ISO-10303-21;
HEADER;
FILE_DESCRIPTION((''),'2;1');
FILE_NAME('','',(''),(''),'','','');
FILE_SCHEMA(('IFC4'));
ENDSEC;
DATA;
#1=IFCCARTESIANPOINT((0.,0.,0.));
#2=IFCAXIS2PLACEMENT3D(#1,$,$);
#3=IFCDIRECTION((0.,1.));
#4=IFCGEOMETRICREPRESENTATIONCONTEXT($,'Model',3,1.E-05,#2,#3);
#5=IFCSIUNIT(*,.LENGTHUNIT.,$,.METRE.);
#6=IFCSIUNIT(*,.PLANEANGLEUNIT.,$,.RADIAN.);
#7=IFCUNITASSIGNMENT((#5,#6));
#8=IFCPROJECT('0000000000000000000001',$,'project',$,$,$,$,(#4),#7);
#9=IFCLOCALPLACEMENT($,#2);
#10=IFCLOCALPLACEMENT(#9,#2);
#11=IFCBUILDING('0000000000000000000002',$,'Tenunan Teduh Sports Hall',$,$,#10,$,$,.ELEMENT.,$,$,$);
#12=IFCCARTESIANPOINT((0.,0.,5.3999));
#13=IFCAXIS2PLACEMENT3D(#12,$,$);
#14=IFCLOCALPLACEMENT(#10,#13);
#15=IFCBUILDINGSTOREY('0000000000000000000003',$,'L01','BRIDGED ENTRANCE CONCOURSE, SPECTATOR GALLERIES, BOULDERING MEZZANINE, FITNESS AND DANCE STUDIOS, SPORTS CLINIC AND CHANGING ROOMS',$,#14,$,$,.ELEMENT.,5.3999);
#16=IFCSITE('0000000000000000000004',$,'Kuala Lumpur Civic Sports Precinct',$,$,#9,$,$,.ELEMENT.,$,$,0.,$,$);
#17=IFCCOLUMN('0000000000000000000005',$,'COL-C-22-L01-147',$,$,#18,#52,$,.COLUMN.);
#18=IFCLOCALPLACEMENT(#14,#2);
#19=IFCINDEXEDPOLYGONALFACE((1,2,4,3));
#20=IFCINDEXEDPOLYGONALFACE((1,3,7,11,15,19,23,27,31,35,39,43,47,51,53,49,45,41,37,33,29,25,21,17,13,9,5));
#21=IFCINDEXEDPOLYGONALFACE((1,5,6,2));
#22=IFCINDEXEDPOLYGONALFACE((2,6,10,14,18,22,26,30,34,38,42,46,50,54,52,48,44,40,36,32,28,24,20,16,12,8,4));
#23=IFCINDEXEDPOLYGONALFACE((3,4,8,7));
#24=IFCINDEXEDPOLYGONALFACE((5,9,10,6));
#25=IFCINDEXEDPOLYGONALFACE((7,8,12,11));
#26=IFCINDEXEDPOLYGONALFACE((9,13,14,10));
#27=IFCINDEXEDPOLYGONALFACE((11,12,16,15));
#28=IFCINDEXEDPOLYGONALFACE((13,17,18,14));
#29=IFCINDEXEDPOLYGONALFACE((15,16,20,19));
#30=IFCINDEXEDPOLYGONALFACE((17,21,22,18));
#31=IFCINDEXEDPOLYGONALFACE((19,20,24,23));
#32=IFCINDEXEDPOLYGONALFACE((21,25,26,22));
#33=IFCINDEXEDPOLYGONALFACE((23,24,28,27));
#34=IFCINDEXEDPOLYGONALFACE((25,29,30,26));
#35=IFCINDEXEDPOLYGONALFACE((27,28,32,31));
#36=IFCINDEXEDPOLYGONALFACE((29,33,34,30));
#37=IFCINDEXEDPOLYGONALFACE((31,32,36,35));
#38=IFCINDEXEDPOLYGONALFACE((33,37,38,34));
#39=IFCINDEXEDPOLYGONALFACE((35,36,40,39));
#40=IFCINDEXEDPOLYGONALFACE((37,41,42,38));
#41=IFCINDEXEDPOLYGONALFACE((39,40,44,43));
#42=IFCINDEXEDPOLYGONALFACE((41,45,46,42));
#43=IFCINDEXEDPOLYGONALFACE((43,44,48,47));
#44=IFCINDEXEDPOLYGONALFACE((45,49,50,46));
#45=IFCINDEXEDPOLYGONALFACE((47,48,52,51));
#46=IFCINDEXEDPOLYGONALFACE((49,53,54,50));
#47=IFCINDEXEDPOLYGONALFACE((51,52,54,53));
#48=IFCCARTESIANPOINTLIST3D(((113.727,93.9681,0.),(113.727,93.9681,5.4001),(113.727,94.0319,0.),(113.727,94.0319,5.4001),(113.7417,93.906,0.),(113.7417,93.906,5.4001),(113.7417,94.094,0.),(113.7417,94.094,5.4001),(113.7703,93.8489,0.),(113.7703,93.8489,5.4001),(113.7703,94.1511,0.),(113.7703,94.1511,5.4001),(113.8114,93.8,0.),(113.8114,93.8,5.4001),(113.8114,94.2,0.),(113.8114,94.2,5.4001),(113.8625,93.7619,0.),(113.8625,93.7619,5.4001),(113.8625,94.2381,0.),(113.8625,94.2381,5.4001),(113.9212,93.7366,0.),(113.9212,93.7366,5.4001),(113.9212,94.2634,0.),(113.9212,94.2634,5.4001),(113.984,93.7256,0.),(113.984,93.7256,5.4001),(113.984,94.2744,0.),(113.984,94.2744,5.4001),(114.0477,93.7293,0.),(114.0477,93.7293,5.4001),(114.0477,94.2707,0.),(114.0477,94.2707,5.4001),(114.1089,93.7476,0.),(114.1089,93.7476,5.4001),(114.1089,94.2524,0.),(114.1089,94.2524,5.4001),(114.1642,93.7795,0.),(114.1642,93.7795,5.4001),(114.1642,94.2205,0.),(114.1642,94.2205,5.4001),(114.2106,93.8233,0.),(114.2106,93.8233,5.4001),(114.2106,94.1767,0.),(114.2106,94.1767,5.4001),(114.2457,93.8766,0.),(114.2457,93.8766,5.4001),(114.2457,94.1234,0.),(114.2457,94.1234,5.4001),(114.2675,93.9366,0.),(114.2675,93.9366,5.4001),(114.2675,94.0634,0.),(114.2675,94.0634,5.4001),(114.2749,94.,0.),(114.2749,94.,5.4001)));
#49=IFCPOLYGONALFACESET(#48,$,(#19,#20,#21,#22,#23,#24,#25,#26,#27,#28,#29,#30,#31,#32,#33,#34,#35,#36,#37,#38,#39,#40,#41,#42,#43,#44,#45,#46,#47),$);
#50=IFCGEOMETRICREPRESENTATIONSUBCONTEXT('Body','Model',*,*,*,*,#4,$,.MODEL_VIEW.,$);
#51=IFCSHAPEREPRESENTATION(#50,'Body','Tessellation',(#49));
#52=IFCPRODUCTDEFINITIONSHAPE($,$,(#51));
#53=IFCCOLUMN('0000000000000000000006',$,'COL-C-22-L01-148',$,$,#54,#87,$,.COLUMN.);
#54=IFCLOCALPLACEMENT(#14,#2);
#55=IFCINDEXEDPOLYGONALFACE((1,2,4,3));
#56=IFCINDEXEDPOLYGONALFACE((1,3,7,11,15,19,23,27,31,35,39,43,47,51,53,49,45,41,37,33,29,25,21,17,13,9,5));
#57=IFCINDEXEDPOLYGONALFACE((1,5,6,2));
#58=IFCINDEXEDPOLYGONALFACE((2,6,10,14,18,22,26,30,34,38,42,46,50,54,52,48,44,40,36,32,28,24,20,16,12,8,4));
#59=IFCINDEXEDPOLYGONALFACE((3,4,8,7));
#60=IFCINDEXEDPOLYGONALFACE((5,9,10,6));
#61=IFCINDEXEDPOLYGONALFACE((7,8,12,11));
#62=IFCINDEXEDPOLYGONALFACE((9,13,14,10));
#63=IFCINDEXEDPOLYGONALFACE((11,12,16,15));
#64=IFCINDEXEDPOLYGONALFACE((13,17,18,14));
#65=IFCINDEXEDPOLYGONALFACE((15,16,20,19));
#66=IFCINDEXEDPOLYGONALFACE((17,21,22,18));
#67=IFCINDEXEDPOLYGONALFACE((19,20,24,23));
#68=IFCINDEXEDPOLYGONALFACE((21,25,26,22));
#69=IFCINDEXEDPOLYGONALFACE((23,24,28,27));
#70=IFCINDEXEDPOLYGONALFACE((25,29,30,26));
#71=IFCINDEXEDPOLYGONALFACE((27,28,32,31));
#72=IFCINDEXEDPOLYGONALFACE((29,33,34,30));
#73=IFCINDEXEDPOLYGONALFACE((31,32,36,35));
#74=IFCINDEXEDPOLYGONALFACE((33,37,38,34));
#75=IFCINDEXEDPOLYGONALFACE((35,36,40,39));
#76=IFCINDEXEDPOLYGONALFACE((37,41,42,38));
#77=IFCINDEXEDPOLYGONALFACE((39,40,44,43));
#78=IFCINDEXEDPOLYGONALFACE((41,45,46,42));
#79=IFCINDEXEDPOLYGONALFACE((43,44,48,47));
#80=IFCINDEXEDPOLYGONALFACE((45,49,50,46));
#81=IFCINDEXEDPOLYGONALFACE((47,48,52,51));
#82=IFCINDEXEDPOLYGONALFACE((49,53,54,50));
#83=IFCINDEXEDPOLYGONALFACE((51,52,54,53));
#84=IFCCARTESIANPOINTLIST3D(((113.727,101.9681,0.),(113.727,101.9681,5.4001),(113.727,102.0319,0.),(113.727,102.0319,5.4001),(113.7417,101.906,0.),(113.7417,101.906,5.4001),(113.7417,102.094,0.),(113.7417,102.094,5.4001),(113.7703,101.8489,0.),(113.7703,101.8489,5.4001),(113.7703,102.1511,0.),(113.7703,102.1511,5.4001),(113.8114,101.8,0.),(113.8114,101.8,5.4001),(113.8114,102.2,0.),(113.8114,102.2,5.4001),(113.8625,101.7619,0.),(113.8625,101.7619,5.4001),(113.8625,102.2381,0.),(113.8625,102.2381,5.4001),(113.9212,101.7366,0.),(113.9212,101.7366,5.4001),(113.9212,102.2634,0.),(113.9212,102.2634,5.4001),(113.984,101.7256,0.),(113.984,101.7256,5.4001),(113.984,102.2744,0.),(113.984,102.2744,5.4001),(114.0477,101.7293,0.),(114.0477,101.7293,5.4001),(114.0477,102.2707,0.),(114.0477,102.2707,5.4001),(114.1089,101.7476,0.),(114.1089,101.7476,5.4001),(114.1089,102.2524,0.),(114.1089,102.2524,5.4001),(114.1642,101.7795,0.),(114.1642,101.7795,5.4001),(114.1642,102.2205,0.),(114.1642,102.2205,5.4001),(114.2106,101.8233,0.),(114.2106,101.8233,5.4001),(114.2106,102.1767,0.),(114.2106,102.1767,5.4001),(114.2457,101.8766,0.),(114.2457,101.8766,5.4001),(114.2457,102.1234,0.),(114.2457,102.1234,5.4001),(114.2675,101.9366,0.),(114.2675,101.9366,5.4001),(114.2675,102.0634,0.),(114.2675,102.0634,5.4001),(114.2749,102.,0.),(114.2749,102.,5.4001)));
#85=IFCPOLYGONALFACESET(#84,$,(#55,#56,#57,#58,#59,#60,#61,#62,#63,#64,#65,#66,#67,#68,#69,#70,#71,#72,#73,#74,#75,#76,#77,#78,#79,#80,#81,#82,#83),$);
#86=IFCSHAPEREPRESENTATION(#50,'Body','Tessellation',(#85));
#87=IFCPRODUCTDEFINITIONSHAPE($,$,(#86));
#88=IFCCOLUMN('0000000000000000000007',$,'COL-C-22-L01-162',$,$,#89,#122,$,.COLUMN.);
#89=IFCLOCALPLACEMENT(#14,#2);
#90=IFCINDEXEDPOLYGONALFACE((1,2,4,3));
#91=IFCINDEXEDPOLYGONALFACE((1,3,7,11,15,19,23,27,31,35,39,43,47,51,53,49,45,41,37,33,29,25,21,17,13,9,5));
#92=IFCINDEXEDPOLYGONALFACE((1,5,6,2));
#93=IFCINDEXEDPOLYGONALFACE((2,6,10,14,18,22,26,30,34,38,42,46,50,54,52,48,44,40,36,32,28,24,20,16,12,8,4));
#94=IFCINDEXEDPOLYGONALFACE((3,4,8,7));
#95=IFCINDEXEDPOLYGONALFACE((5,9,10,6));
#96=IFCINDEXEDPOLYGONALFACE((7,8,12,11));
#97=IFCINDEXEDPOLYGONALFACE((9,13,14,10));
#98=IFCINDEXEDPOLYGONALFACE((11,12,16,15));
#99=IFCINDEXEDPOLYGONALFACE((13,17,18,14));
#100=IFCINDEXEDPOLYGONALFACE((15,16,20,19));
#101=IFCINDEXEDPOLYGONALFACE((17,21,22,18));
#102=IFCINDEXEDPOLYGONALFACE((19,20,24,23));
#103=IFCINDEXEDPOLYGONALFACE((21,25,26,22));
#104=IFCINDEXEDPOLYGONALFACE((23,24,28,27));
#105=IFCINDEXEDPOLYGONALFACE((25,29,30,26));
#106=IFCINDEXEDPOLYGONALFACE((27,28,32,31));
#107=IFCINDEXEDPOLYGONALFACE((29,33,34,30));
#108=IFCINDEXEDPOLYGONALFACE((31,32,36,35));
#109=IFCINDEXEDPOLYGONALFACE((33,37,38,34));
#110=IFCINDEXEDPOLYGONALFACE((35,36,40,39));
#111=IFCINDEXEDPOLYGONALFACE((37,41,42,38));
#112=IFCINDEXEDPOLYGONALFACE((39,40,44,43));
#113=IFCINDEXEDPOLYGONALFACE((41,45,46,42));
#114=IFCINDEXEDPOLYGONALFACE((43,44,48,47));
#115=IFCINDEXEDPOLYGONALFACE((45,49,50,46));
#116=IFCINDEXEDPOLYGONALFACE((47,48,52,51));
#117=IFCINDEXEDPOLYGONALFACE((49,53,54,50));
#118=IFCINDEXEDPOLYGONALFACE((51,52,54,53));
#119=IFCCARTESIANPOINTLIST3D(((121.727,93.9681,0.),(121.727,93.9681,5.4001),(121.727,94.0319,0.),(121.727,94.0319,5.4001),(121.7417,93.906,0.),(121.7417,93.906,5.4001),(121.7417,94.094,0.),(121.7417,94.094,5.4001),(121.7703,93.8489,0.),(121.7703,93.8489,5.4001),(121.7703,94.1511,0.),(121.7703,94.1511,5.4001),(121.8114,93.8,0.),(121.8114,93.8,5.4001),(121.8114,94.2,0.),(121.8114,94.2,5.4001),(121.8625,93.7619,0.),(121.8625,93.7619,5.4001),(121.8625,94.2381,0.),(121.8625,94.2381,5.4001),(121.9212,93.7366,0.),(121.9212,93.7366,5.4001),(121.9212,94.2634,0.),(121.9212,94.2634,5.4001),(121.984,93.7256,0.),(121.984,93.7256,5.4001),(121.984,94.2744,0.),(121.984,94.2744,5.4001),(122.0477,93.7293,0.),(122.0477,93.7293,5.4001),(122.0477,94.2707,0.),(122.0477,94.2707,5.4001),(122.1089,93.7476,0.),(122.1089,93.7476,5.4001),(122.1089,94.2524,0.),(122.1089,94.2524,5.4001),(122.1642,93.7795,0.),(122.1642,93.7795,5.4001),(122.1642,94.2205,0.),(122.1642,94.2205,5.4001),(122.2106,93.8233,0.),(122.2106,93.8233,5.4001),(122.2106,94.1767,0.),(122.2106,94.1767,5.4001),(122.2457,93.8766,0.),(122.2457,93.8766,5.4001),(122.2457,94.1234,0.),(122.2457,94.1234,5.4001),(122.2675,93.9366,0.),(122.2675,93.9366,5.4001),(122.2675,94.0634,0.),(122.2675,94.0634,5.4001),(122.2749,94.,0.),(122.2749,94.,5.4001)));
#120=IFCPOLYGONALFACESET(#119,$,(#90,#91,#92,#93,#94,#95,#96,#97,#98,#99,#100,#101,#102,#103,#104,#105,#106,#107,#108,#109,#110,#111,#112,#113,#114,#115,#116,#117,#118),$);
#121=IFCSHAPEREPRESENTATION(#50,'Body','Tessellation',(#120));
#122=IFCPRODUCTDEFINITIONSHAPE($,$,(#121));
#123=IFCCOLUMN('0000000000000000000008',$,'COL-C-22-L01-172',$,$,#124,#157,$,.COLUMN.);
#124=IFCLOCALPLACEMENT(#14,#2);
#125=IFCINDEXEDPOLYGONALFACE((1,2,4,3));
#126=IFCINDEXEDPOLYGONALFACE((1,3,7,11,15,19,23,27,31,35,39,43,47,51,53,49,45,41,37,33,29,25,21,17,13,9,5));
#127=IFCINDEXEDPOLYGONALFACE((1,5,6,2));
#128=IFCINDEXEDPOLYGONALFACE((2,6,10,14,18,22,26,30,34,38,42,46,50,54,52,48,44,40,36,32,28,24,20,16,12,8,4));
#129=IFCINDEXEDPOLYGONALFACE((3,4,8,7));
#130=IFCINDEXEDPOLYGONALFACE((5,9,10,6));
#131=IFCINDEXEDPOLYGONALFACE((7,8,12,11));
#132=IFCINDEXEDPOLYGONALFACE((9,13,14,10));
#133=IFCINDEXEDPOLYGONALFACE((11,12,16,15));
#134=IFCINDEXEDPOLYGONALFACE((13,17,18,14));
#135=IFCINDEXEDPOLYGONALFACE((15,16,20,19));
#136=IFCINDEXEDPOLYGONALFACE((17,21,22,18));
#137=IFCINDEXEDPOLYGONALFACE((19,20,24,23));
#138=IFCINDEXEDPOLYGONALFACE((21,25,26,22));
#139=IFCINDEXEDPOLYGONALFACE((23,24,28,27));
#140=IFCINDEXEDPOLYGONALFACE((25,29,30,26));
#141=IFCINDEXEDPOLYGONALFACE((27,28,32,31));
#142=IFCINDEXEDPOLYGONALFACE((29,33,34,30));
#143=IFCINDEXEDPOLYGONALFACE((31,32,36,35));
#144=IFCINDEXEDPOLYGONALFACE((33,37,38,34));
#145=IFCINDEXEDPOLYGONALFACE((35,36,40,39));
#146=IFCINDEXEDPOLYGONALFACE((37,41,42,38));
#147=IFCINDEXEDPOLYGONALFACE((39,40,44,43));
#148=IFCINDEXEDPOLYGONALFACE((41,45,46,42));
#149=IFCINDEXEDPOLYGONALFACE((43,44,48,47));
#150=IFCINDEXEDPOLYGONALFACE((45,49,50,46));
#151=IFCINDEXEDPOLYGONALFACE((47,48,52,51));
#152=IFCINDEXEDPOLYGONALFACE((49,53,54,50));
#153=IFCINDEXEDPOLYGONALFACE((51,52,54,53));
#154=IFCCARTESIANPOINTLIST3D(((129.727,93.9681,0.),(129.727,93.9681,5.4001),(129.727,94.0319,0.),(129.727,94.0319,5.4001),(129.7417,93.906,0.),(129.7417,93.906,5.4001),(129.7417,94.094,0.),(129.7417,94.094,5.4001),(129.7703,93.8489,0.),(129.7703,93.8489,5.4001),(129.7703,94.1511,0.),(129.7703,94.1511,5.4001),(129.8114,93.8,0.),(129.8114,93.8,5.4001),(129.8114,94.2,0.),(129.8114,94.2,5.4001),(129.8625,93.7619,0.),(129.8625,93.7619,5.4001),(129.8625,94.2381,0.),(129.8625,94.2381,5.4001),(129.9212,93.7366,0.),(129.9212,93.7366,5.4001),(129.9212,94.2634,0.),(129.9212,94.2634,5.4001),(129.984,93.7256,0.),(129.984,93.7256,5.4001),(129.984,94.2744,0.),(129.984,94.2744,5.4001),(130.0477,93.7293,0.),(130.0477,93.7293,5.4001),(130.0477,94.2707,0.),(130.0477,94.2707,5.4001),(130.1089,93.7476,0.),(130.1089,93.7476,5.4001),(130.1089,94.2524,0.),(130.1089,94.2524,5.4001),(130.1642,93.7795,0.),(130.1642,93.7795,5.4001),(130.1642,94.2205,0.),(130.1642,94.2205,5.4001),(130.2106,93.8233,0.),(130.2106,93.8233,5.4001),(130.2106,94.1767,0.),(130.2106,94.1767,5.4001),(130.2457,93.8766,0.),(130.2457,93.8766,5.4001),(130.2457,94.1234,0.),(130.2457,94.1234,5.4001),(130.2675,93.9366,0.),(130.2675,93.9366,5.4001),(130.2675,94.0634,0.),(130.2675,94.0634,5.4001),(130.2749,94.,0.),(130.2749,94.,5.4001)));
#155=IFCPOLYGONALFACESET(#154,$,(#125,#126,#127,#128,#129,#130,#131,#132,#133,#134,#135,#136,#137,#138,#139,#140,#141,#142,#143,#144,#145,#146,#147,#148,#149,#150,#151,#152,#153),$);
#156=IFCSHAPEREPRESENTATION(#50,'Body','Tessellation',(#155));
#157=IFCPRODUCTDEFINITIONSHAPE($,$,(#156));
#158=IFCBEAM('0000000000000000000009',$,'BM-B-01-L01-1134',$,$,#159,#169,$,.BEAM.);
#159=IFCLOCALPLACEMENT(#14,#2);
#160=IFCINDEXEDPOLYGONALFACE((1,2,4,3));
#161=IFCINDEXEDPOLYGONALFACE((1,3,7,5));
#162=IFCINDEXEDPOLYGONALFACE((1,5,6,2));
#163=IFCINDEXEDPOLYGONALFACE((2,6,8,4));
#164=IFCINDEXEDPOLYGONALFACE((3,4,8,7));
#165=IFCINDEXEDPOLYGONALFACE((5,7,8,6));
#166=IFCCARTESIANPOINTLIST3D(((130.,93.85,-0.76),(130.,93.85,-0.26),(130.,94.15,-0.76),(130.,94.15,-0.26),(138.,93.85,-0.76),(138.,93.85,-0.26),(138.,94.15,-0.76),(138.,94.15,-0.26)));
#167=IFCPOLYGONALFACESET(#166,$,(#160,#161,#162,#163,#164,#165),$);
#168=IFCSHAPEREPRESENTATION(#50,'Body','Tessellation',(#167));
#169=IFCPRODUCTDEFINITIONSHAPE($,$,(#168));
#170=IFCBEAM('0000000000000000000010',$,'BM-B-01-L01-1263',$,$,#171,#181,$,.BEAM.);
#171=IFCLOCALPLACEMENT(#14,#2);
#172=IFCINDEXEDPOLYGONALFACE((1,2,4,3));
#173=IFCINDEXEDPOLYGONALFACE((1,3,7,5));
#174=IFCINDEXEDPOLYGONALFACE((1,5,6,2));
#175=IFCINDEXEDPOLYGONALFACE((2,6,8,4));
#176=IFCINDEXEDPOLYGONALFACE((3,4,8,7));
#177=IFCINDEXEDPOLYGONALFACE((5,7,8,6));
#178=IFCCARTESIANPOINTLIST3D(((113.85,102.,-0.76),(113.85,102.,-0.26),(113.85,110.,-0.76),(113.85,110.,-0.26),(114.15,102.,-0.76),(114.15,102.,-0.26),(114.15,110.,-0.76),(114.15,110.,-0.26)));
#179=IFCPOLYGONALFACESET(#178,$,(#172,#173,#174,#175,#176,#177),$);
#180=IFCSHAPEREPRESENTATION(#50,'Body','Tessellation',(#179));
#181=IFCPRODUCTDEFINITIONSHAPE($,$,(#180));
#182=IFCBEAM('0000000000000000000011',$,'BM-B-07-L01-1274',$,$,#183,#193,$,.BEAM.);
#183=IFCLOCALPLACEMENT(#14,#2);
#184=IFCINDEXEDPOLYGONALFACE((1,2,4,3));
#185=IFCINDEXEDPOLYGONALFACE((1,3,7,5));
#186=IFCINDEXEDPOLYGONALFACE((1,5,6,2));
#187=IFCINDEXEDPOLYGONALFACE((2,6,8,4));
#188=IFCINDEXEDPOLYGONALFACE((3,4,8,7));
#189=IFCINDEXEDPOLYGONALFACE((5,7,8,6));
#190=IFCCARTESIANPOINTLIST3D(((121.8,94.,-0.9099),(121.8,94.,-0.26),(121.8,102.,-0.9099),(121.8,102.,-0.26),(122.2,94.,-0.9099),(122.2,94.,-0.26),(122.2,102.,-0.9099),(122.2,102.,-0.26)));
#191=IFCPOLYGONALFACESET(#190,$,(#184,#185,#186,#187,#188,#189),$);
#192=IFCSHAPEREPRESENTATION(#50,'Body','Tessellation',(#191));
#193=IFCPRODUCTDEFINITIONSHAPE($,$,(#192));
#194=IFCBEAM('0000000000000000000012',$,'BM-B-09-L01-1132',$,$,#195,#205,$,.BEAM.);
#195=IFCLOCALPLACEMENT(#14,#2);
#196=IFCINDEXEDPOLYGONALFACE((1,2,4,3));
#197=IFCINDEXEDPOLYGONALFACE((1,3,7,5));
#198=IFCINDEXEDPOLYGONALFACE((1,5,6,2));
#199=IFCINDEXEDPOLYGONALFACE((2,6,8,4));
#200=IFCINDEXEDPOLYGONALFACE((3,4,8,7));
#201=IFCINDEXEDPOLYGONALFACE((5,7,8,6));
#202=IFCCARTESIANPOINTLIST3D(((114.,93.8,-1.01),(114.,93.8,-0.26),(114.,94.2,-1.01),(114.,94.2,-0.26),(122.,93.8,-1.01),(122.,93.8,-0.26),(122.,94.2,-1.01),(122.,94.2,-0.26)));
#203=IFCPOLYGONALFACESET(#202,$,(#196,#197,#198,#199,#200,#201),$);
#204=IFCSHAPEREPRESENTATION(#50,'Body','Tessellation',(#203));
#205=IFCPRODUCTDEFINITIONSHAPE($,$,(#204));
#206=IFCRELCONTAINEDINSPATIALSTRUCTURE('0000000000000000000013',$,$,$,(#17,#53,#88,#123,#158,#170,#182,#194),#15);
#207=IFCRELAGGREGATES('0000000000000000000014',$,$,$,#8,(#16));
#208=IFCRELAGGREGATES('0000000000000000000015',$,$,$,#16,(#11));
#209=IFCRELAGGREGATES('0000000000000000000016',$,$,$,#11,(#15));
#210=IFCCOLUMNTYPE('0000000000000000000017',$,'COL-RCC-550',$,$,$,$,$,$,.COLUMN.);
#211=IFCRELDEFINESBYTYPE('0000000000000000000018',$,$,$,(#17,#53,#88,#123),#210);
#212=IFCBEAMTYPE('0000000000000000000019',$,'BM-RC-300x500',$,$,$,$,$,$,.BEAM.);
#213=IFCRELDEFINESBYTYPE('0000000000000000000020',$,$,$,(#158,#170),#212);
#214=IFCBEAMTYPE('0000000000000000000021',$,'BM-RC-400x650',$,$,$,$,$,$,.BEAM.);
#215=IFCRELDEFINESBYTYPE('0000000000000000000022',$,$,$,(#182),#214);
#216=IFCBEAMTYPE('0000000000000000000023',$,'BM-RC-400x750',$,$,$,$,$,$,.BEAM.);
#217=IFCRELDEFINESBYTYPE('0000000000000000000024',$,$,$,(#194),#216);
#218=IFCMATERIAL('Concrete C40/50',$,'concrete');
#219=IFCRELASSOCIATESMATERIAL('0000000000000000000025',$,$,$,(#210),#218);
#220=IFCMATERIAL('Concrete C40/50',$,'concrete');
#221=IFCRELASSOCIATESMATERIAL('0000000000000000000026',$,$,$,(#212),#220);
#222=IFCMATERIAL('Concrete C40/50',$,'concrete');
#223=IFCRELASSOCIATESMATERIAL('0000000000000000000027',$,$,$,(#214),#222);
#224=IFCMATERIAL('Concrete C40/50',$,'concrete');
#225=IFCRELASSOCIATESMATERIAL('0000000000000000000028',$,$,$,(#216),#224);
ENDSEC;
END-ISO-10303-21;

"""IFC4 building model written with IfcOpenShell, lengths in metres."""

from ifc_helpers import new_model, si_unit, direction, frame, origin, origin_2d, place, context, subcontext, project, spatial, rectangle, circle, extrude, material, material_profile, profile_set, type_object, element, save


model = new_model("IFC4")

# Units and contexts
model_context = context("Model", 3, precision=1e-05, world=origin(), true_north=direction((0.0, 1.0)))
body_context = subcontext(model_context, "Body", "Model", "MODEL_VIEW")
ifc_project = project(units=[si_unit("LENGTHUNIT", "METRE"), si_unit("PLANEANGLEUNIT", "RADIAN")], contexts=[model_context])

# Site, building, storey
site_placement = place(None, origin())
site = spatial("IfcSite", under=ifc_project, at=site_placement, Name="Kuala Lumpur Civic Sports Precinct", CompositionType="ELEMENT", RefElevation=0.0)
building_placement = place(site_placement, origin())
building = spatial("IfcBuilding", under=site, at=building_placement, Name="Tenunan Teduh Sports Hall", CompositionType="ELEMENT")
storey_placement = place(building_placement, frame((0.0, 0.0, 5.3999)))
storey = spatial("IfcBuildingStorey", under=building, at=storey_placement, Name="L01", Description="BRIDGED ENTRANCE CONCOURSE, SPECTATOR GALLERIES, BOULDERING MEZZANINE, FITNESS AND DANCE STUDIOS, SPORTS CLINIC AND CHANGING ROOMS", CompositionType="ELEMENT", Elevation=5.3999)

# Columns
ifc_material_1 = material(Name="Concrete C40/50", Category="concrete")
ifc_material_profile_1 = material_profile(ifc_material_1, circle(Radius=0.2749, at=origin_2d()), Name="RCC D550")
ifc_profile_set_1 = profile_set([ifc_material_profile_1], Name="Concrete C40/50")
column_type = type_object("IfcColumnType", Name="COL-RCC-550", PredefinedType="COLUMN", material=ifc_profile_set_1)
for number, where, z_axis, x_axis, name in (
    (1, (114.0, 94.0, 0.0), (0.0, 0.0, 1.0), (1.0, 0.0, 0.0), "COL-C-22-L01-147"),
    (2, (114.0, 102.0, 0.0), (0.0, 0.0, 1.0), (1.0, 0.0, 0.0), "COL-C-22-L01-148"),
    (3, (122.0, 94.0, 0.0), (0.0, 0.0, 1.0), (1.0, 0.0, 0.0), "COL-C-22-L01-162"),
    (4, (130.0, 94.0, 0.0), (0.0, 0.0, 1.0), (1.0, 0.0, 0.0), "COL-C-22-L01-172"),
):
    element("IfcColumn", number, at=place(storey_placement, frame(where, z_axis=z_axis, x_axis=x_axis)), inside=storey, type_object=column_type, Name=name, PredefinedType="COLUMN", context=body_context, shape_type="SweptSolid", body=[
        extrude(circle(Radius=0.2749, at=origin_2d()), origin(), (0.0, 0.0, 1.0), 5.4001),
    ])

# Beams
ifc_material_2 = material(Name="Concrete C40/50", Category="concrete")
ifc_material_profile_2 = material_profile(ifc_material_2, rectangle(XDim=0.3, YDim=0.5, at=origin_2d()), Name="RCB 300x500")
ifc_profile_set_2 = profile_set([ifc_material_profile_2], Name="Concrete C40/50")
beam_type_1 = type_object("IfcBeamType", Name="BM-RC-300x500", PredefinedType="BEAM", material=ifc_profile_set_2)
for number, where, z_axis, x_axis, name in (
    (5, (130.0, 94.0, -0.51), (1.0, 0.0, 0.0), (0.0, 1.0, 0.0), "BM-B-01-L01-1134"),
    (6, (114.0, 102.0, -0.51), (0.0, 1.0, 0.0), (-1.0, 0.0, 0.0), "BM-B-01-L01-1263"),
):
    element("IfcBeam", number, at=place(storey_placement, frame(where, z_axis=z_axis, x_axis=x_axis)), inside=storey, type_object=beam_type_1, Name=name, PredefinedType="BEAM", context=body_context, shape_type="SweptSolid", body=[
        extrude(rectangle(XDim=0.3, YDim=0.5, at=origin_2d()), origin(), (0.0, 0.0, 1.0), 8.0),
    ])
ifc_material_3 = material(Name="Concrete C40/50", Category="concrete")
ifc_material_profile_3 = material_profile(ifc_material_3, rectangle(XDim=0.3999, YDim=0.6499, at=origin_2d()), Name="RCB 400x650")
ifc_profile_set_3 = profile_set([ifc_material_profile_3], Name="Concrete C40/50")
beam_type_2 = type_object("IfcBeamType", Name="BM-RC-400x650", PredefinedType="BEAM", material=ifc_profile_set_3)
beam_1_placement = place(storey_placement, frame((122.0, 94.0, -0.585), z_axis=(0.0, 1.0, 0.0), x_axis=(-1.0, 0.0, 0.0)))
element("IfcBeam", 7, at=beam_1_placement, inside=storey, type_object=beam_type_2, Name="BM-B-07-L01-1274", PredefinedType="BEAM", context=body_context, shape_type="SweptSolid", body=[
    extrude(rectangle(XDim=0.3999, YDim=0.6499, at=origin_2d()), origin(), (0.0, 0.0, 1.0), 8.0),
])
ifc_material_4 = material(Name="Concrete C40/50", Category="concrete")
ifc_material_profile_4 = material_profile(ifc_material_4, rectangle(XDim=0.3999, YDim=0.75, at=origin_2d()), Name="RCB 400x750")
ifc_profile_set_4 = profile_set([ifc_material_profile_4], Name="Concrete C40/50")
beam_type_3 = type_object("IfcBeamType", Name="BM-RC-400x750", PredefinedType="BEAM", material=ifc_profile_set_4)
beam_2_placement = place(storey_placement, frame((114.0, 94.0, -0.635), z_axis=(1.0, 0.0, 0.0), x_axis=(0.0, 1.0, 0.0)))
element("IfcBeam", 8, at=beam_2_placement, inside=storey, type_object=beam_type_3, Name="BM-B-09-L01-1132", PredefinedType="BEAM", context=body_context, shape_type="SweptSolid", body=[
    extrude(rectangle(XDim=0.3999, YDim=0.75, at=origin_2d()), origin(), (0.0, 0.0, 1.0), 8.0),
])

save(model, "model.ifc")
